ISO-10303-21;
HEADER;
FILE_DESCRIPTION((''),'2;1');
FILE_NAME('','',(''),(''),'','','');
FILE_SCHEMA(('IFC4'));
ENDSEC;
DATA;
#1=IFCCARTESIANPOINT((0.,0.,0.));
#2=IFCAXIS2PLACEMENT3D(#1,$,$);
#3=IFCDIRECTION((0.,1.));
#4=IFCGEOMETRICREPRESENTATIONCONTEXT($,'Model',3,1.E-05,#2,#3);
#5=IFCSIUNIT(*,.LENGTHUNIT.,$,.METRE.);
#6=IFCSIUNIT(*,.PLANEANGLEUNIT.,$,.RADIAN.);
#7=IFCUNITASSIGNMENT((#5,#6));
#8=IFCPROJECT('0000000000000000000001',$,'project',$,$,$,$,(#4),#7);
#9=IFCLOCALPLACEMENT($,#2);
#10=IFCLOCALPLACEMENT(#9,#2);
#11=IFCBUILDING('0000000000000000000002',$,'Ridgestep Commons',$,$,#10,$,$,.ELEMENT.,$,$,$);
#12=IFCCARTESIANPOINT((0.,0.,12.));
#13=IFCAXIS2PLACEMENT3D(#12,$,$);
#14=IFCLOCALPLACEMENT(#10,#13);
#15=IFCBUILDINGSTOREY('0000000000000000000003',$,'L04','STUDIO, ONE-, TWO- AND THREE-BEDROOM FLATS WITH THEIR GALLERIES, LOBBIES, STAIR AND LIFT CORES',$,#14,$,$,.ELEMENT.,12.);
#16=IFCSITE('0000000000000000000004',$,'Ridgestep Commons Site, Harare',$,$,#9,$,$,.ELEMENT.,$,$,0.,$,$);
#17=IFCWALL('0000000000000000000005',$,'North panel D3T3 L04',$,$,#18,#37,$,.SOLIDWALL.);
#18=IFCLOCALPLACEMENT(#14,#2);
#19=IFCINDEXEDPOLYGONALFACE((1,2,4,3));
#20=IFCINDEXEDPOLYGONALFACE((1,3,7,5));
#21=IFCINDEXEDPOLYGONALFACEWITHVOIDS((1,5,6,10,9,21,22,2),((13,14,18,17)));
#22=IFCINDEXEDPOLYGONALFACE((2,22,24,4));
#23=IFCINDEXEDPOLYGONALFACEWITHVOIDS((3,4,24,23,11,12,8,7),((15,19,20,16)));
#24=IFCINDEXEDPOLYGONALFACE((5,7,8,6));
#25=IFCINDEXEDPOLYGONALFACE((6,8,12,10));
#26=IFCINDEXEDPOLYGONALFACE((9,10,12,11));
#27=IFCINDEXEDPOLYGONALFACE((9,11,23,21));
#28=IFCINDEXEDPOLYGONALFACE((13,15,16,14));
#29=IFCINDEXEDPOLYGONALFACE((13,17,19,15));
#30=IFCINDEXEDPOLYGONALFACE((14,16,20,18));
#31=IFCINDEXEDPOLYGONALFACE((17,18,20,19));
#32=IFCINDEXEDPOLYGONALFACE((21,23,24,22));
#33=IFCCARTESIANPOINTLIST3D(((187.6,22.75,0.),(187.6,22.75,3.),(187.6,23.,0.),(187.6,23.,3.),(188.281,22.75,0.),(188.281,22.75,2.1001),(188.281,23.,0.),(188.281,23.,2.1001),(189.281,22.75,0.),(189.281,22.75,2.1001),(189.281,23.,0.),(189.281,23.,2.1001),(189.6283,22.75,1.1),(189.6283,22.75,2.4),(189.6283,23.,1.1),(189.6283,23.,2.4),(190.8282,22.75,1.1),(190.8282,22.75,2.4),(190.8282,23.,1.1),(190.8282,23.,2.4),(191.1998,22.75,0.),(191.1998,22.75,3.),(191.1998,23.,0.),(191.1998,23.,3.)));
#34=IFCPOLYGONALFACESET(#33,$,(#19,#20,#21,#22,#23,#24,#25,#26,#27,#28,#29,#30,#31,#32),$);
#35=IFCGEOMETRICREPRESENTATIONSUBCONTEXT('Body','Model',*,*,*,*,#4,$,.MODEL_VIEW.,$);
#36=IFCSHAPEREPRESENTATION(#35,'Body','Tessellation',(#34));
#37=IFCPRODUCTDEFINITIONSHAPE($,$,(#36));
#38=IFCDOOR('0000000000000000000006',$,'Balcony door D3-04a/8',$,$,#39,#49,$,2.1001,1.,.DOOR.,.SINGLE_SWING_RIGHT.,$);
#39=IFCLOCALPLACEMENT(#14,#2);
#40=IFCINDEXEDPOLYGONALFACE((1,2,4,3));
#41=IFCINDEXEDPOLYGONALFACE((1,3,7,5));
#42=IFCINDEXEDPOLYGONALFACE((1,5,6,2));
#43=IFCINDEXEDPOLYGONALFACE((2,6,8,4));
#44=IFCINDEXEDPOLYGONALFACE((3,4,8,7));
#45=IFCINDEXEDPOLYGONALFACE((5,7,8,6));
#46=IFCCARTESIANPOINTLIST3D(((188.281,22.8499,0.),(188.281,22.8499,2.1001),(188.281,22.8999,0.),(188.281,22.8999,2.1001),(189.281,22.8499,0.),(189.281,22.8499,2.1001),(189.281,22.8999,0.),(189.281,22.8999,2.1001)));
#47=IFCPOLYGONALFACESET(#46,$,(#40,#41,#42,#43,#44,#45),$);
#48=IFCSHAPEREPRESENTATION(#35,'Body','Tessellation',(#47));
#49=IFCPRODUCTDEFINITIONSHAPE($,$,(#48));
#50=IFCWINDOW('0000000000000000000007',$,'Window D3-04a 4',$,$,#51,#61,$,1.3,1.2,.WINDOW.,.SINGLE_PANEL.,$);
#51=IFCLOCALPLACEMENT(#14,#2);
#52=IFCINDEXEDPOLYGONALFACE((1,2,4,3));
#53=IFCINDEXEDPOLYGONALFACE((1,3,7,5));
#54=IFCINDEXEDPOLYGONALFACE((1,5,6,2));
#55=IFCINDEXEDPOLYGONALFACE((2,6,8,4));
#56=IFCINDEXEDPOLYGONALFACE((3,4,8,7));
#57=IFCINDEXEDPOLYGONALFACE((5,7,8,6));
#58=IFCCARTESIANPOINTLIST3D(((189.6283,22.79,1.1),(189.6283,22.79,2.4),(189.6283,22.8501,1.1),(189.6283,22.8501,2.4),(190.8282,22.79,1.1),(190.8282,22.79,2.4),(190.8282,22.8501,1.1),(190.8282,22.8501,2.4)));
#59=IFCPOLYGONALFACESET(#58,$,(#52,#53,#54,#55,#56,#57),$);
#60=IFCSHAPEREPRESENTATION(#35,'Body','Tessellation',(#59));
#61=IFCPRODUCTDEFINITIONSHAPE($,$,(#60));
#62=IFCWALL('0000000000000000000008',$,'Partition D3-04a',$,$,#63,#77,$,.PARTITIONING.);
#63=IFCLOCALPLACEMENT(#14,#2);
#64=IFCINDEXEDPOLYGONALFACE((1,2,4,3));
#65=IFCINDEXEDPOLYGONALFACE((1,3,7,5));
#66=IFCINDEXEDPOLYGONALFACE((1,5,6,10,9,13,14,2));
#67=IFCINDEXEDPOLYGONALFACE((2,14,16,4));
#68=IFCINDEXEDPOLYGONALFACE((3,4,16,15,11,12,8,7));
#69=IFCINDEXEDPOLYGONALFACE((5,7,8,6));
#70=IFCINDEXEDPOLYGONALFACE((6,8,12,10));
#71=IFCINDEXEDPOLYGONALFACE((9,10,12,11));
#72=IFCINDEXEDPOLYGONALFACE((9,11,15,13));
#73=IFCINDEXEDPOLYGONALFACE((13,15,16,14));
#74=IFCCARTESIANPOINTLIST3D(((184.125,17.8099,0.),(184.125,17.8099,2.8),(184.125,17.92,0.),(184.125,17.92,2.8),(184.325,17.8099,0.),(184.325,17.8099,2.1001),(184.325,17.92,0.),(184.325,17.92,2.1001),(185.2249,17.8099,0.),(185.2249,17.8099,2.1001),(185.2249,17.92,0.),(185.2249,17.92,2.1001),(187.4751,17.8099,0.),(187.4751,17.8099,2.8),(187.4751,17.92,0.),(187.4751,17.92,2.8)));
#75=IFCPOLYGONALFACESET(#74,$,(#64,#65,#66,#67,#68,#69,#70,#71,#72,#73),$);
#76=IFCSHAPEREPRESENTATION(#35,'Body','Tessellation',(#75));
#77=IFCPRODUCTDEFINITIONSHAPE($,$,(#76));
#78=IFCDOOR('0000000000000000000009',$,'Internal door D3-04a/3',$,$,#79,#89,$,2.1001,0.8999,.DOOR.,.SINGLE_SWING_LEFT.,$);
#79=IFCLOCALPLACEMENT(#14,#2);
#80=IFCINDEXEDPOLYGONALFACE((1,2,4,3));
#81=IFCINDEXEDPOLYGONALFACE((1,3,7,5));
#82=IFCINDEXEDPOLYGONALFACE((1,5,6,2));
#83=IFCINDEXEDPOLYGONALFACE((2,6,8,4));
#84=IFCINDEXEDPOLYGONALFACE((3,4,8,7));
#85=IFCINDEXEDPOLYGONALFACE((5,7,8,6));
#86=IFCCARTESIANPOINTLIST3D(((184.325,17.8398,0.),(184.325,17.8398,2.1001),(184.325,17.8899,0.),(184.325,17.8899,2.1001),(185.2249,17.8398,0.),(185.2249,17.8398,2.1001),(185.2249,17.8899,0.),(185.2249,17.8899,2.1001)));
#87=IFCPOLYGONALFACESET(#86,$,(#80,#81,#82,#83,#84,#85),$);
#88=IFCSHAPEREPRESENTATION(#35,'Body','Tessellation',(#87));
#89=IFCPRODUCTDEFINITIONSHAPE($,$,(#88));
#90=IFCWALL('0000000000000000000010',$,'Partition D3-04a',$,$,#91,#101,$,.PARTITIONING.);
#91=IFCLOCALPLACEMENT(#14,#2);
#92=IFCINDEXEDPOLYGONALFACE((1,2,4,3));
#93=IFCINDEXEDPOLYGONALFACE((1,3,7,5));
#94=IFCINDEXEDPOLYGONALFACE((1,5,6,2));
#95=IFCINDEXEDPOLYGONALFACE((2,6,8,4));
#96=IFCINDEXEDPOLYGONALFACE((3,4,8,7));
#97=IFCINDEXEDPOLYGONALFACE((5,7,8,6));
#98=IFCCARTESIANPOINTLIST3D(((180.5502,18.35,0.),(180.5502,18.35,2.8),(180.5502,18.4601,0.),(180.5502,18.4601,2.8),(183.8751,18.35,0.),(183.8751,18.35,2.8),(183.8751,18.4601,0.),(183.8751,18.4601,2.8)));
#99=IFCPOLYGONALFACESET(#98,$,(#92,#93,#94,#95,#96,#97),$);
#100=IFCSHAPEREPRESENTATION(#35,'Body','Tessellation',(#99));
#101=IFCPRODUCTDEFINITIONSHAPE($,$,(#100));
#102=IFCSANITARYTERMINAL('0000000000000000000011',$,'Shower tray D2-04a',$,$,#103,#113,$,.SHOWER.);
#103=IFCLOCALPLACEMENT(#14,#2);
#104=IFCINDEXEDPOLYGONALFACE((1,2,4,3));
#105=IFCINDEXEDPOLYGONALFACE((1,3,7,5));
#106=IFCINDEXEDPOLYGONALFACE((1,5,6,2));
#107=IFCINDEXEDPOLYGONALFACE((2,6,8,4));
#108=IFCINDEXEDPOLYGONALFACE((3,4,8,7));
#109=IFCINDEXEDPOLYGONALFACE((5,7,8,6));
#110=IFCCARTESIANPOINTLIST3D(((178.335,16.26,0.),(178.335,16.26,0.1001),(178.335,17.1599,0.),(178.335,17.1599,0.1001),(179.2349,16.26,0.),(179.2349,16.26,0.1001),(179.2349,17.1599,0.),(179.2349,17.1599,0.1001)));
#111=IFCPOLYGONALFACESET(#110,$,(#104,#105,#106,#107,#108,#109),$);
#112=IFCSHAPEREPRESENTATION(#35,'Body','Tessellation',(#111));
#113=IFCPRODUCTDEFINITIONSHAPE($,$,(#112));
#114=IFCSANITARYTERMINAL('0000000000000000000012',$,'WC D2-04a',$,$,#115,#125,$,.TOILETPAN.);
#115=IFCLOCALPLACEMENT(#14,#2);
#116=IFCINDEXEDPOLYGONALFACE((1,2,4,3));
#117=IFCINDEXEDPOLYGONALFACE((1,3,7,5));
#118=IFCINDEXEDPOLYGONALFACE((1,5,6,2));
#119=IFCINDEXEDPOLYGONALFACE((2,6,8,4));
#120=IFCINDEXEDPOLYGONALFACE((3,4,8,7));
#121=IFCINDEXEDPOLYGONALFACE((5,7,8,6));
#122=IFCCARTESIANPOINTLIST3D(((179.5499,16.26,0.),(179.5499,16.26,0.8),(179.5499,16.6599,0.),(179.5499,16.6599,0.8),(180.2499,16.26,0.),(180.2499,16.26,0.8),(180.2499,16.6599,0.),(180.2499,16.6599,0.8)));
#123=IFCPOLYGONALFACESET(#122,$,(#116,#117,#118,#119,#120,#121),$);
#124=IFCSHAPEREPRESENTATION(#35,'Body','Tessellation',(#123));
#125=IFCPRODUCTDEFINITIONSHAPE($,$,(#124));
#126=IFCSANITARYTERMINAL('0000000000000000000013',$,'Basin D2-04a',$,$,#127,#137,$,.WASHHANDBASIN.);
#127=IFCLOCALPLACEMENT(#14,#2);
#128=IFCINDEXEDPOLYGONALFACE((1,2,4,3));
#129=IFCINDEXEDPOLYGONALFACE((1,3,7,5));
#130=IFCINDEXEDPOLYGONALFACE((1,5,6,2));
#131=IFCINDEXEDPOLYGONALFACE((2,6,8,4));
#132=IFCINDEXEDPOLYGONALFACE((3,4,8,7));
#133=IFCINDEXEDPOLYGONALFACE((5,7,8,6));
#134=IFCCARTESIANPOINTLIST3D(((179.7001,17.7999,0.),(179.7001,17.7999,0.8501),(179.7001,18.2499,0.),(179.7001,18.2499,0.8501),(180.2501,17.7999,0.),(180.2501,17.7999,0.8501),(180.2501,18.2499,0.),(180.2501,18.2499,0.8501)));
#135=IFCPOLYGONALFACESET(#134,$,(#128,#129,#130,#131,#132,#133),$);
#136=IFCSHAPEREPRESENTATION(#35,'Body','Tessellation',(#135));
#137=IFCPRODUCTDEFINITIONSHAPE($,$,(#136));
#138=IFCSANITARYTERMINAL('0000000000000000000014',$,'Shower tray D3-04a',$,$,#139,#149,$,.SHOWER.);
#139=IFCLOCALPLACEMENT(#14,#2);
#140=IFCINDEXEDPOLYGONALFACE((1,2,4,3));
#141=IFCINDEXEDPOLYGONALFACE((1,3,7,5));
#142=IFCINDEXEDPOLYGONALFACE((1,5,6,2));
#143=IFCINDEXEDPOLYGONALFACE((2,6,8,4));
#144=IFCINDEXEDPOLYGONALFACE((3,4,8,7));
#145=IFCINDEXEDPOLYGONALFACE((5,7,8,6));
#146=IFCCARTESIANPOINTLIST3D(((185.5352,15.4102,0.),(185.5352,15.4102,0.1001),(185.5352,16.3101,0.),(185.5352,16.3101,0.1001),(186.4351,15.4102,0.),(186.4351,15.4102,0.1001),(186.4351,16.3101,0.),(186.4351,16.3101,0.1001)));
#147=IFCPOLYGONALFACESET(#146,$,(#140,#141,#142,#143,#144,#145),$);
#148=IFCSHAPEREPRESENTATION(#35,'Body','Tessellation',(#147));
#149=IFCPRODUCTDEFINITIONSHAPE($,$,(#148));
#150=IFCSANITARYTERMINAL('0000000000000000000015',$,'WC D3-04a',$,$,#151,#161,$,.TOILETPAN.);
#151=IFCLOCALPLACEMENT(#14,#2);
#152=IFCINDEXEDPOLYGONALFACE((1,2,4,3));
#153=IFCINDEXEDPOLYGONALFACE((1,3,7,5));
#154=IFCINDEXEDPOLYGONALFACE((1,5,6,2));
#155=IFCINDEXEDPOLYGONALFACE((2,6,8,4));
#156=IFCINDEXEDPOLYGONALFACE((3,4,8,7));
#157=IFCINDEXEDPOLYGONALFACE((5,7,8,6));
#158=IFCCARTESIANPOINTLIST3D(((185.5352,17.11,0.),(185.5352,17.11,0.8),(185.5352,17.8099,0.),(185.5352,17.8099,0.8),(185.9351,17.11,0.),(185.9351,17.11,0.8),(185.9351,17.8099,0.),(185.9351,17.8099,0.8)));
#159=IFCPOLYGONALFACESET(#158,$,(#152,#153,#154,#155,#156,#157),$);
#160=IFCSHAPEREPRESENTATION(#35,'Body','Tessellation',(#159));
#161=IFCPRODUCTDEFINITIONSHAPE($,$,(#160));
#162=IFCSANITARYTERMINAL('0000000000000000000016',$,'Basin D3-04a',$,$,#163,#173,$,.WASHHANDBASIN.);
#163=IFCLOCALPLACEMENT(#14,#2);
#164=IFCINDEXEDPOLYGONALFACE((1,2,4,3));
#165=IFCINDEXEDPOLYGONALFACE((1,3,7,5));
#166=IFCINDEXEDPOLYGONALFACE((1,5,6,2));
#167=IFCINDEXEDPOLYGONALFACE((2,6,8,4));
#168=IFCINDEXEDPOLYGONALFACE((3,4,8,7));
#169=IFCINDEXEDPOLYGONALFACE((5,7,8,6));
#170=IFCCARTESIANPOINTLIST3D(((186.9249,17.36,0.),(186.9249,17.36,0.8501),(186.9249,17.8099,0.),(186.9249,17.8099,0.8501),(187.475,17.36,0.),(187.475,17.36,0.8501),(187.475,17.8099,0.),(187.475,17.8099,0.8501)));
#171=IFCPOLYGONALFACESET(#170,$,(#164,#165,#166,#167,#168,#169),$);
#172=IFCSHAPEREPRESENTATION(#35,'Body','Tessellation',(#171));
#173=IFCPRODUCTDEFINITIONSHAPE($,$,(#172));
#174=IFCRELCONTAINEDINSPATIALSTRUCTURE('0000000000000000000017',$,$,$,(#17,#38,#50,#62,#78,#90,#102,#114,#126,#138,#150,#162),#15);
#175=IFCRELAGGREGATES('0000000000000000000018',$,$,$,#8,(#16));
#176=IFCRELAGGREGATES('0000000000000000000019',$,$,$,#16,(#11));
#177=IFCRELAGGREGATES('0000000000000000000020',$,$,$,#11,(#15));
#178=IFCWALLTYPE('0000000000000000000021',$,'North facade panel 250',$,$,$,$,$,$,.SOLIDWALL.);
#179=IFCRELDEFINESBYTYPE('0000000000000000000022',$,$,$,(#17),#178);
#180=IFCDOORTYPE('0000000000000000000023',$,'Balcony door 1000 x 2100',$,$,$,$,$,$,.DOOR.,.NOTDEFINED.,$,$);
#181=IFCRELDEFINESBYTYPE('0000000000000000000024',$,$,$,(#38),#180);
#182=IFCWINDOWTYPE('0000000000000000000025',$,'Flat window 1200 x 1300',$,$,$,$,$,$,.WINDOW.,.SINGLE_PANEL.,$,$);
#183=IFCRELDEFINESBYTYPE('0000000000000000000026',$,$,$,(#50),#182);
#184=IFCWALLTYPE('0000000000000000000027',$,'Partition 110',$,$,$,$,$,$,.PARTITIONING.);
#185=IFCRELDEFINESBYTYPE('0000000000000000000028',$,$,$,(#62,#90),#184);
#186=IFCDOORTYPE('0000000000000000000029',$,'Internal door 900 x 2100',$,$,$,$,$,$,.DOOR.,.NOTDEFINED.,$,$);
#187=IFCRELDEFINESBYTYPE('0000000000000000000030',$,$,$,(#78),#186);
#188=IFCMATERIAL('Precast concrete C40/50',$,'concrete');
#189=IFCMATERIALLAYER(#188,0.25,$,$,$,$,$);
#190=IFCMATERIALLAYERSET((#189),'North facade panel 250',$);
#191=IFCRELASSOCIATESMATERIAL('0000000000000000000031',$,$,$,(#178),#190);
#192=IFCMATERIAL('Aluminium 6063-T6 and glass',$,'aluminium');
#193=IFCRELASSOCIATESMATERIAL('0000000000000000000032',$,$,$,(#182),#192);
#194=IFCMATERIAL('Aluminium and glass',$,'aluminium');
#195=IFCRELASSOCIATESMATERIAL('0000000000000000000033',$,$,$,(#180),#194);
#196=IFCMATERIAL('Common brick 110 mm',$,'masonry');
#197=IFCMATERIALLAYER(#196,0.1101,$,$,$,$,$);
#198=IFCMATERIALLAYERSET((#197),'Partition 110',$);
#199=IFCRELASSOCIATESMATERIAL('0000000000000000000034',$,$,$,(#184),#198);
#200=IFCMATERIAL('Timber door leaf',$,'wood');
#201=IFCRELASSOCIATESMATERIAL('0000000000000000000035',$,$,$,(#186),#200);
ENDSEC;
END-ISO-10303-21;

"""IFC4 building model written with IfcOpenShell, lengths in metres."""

from ifc_helpers import new_model, si_unit, direction, frame, frame_2d, origin, origin_2d, place, context, subcontext, project, spatial, rectangle, extrude, material, layer, layer_set, type_object, element, fill, save


model = new_model("IFC4")

# Units and contexts
model_context = context("Model", 3, precision=1e-05, world=origin(), true_north=direction((0.0, 1.0)))
body_context = subcontext(model_context, "Body", "Model", "MODEL_VIEW")
ifc_project = project(units=[si_unit("LENGTHUNIT", "METRE"), si_unit("PLANEANGLEUNIT", "RADIAN")], contexts=[model_context])

# Site, building, storey
site_placement = place(None, origin())
site = spatial("IfcSite", under=ifc_project, at=site_placement, Name="Ridgestep Commons Site, Harare", CompositionType="ELEMENT", RefElevation=0.0)
building_placement = place(site_placement, origin())
building = spatial("IfcBuilding", under=site, at=building_placement, Name="Ridgestep Commons", CompositionType="ELEMENT")
storey_placement = place(building_placement, frame((0.0, 0.0, 12.0)))
storey = spatial("IfcBuildingStorey", under=building, at=storey_placement, Name="L04", Description="STUDIO, ONE-, TWO- AND THREE-BEDROOM FLATS WITH THEIR GALLERIES, LOBBIES, STAIR AND LIFT CORES", CompositionType="ELEMENT", Elevation=12.0)

# Shared definitions
ifc_material_1 = material(Name="Precast concrete C40/50", Category="concrete")
ifc_layer_1 = layer(ifc_material_1, 0.25)
ifc_layer_set_1 = layer_set([ifc_layer_1], Name="North facade panel 250")
wall_type_1 = type_object("IfcWallType", Name="North facade panel 250", PredefinedType="SOLIDWALL", material=ifc_layer_set_1)
ifc_material_2 = material(Name="Aluminium 6063-T6 and glass", Category="aluminium")
window_type_1 = type_object("IfcWindowType", Name="Flat window 1200 x 1300", PartitioningType="SINGLE_PANEL", PredefinedType="WINDOW", material=ifc_material_2)

# Wall, openings, door, window
wall_1_placement = place(storey_placement, frame((187.6001, 22.875, 0.0), z_axis=(0.0, 0.0, 1.0), x_axis=(1.0, 0.0, 0.0)))
wall_1 = element("IfcWall", 1, at=wall_1_placement, inside=storey, type_object=wall_type_1, Name="North panel D3T3 L04", PredefinedType="SOLIDWALL", context=body_context, shape_type="SweptSolid", body=[
    extrude(rectangle(XDim=3.5999, YDim=0.25, at=frame_2d((1.7998, 0.0))), origin(), (0.0, 0.0, 1.0), 3.0),
])
opening_1_placement = place(wall_1_placement, frame((2.0281, 0.0, 1.1001)))
opening_1 = element("IfcOpeningElement", 2, at=opening_1_placement, cuts=wall_1, PredefinedType="OPENING", context=body_context, shape_type="SweptSolid", body=[
    extrude(rectangle(XDim=1.2, YDim=1.3, at=frame_2d((0.6001, 0.6499))), frame((0.0, 0.135, 0.0), z_axis=(0.0, -1.0, 0.0), x_axis=(1.0, 0.0, 0.0)), (0.0, 0.0, 1.0), 0.27),
])
opening_2_placement = place(wall_1_placement, frame((0.6809, 0.0, 0.0)))
opening_2 = element("IfcOpeningElement", 3, at=opening_2_placement, cuts=wall_1, PredefinedType="OPENING", context=body_context, shape_type="SweptSolid", body=[
    extrude(rectangle(XDim=1.0, YDim=2.1001, at=frame_2d((0.5, 1.05))), frame((0.0, 0.135, 0.0), z_axis=(0.0, -1.0, 0.0), x_axis=(1.0, 0.0, 0.0)), (0.0, 0.0, 1.0), 0.27),
])
ifc_material_3 = material(Name="Aluminium and glass", Category="aluminium")
door_type_1 = type_object("IfcDoorType", Name="Balcony door 1000 x 2100", OperationType="NOTDEFINED", PredefinedType="DOOR", material=ifc_material_3)
door_1_placement = place(opening_2_placement, origin())
door_1 = element("IfcDoor", 4, at=door_1_placement, inside=storey, type_object=door_type_1, Name="Balcony door D3-04a/8", OperationType="SINGLE_SWING_RIGHT", OverallHeight=2.1001, OverallWidth=1.0, PredefinedType="DOOR", context=body_context, shape_type="SweptSolid", body=[
    extrude(rectangle(XDim=1.0, YDim=2.1001, at=frame_2d((0.5, 1.05))), frame((0.0, 0.0249, 0.0), z_axis=(0.0, -1.0, 0.0), x_axis=(1.0, 0.0, 0.0)), (0.0, 0.0, 1.0), 0.05),
])
fill(opening_2, door_1)
window_1_placement = place(opening_1_placement, origin())
window_1 = element("IfcWindow", 5, at=window_1_placement, inside=storey, type_object=window_type_1, Name="Window D3-04a 4", OverallHeight=1.3, OverallWidth=1.2, PartitioningType="SINGLE_PANEL", PredefinedType="WINDOW", context=body_context, shape_type="SweptSolid", body=[
    extrude(rectangle(XDim=1.2, YDim=1.3, at=frame_2d((0.6001, 0.6499))), frame((0.0, -0.0249, 0.0), z_axis=(0.0, -1.0, 0.0), x_axis=(1.0, 0.0, 0.0)), (0.0, 0.0, 1.0), 0.0601),
])
fill(opening_1, window_1)

# Wall, opening, door
ifc_material_4 = material(Name="Common brick 110 mm", Category="masonry")
ifc_layer_2 = layer(ifc_material_4, 0.1101)
ifc_layer_set_2 = layer_set([ifc_layer_2], Name="Partition 110")
wall_type_2 = type_object("IfcWallType", Name="Partition 110", PredefinedType="PARTITIONING", material=ifc_layer_set_2)
wall_2_placement = place(storey_placement, frame((184.125, 17.865, 0.0), z_axis=(0.0, 0.0, 1.0), x_axis=(1.0, 0.0, 0.0)))
wall_2 = element("IfcWall", 6, at=wall_2_placement, inside=storey, type_object=wall_type_2, Name="Partition D3-04a", PredefinedType="PARTITIONING", context=body_context, shape_type="SweptSolid", body=[
    extrude(rectangle(XDim=3.3501, YDim=0.1101, at=frame_2d((1.675, 0.0))), origin(), (0.0, 0.0, 1.0), 2.8),
])
opening_3_placement = place(wall_2_placement, frame((0.2, 0.0, 0.0)))
opening_3 = element("IfcOpeningElement", 7, at=opening_3_placement, cuts=wall_2, PredefinedType="OPENING", context=body_context, shape_type="SweptSolid", body=[
    extrude(rectangle(XDim=0.8999, YDim=2.1001, at=frame_2d((0.45, 1.05))), frame((0.0, 0.0649, 0.0), z_axis=(0.0, -1.0, 0.0), x_axis=(1.0, 0.0, 0.0)), (0.0, 0.0, 1.0), 0.1301),
])
ifc_material_5 = material(Name="Timber door leaf", Category="wood")
door_type_2 = type_object("IfcDoorType", Name="Internal door 900 x 2100", OperationType="NOTDEFINED", PredefinedType="DOOR", material=ifc_material_5)
door_2_placement = place(opening_3_placement, origin())
door_2 = element("IfcDoor", 8, at=door_2_placement, inside=storey, type_object=door_type_2, Name="Internal door D3-04a/3", OperationType="SINGLE_SWING_LEFT", OverallHeight=2.1001, OverallWidth=0.8999, PredefinedType="DOOR", context=body_context, shape_type="SweptSolid", body=[
    extrude(rectangle(XDim=0.8999, YDim=2.1001, at=frame_2d((0.45, 1.05))), frame((0.0, 0.0249, 0.0), z_axis=(0.0, -1.0, 0.0), x_axis=(1.0, 0.0, 0.0)), (0.0, 0.0, 1.0), 0.05),
])
fill(opening_3, door_2)

# Wall
wall_3_placement = place(storey_placement, frame((180.55, 18.405, 0.0), z_axis=(0.0, 0.0, 1.0), x_axis=(1.0, 0.0, 0.0)))
element("IfcWall", 9, at=wall_3_placement, inside=storey, type_object=wall_type_2, Name="Partition D3-04a", PredefinedType="PARTITIONING", context=body_context, shape_type="SweptSolid", body=[
    extrude(rectangle(XDim=3.325, YDim=0.1101, at=frame_2d((1.6626, 0.0))), origin(), (0.0, 0.0, 1.0), 2.8),
])

# Sanitary terminals
sanitary_terminal_1_placement = place(storey_placement, frame((178.7849, 16.71, 0.0), z_axis=(0.0, 0.0, 1.0), x_axis=(1.0, 0.0, 0.0)))
element("IfcSanitaryTerminal", 10, at=sanitary_terminal_1_placement, inside=storey, Name="Shower tray D2-04a", PredefinedType="SHOWER", context=body_context, shape_type="SweptSolid", body=[
    extrude(rectangle(XDim=0.8999, YDim=0.8999, at=origin_2d()), origin(), (0.0, 0.0, 1.0), 0.1001),
])
sanitary_terminal_2_placement = place(storey_placement, frame((179.8999, 16.46, 0.0), z_axis=(0.0, 0.0, 1.0), x_axis=(1.0, 0.0, 0.0)))
element("IfcSanitaryTerminal", 11, at=sanitary_terminal_2_placement, inside=storey, Name="WC D2-04a", PredefinedType="TOILETPAN", context=body_context, shape_type="SweptSolid", body=[
    extrude(rectangle(XDim=0.7, YDim=0.3999, at=origin_2d()), origin(), (0.0, 0.0, 1.0), 0.8),
])
sanitary_terminal_3_placement = place(storey_placement, frame((179.9751, 18.0249, 0.0), z_axis=(0.0, 0.0, 1.0), x_axis=(1.0, 0.0, 0.0)))
element("IfcSanitaryTerminal", 12, at=sanitary_terminal_3_placement, inside=storey, Name="Basin D2-04a", PredefinedType="WASHHANDBASIN", context=body_context, shape_type="SweptSolid", body=[
    extrude(rectangle(XDim=0.55, YDim=0.45, at=origin_2d()), origin(), (0.0, 0.0, 1.0), 0.8501),
])
sanitary_terminal_4_placement = place(storey_placement, frame((185.9851, 15.8601, 0.0), z_axis=(0.0, 0.0, 1.0), x_axis=(1.0, 0.0, 0.0)))
element("IfcSanitaryTerminal", 13, at=sanitary_terminal_4_placement, inside=storey, Name="Shower tray D3-04a", PredefinedType="SHOWER", context=body_context, shape_type="SweptSolid", body=[
    extrude(rectangle(XDim=0.8999, YDim=0.8999, at=origin_2d()), origin(), (0.0, 0.0, 1.0), 0.1001),
])
sanitary_terminal_5_placement = place(storey_placement, frame((185.7351, 17.46, 0.0), z_axis=(0.0, 0.0, 1.0), x_axis=(1.0, 0.0, 0.0)))
element("IfcSanitaryTerminal", 14, at=sanitary_terminal_5_placement, inside=storey, Name="WC D3-04a", PredefinedType="TOILETPAN", context=body_context, shape_type="SweptSolid", body=[
    extrude(rectangle(XDim=0.3999, YDim=0.7, at=origin_2d()), origin(), (0.0, 0.0, 1.0), 0.8),
])
sanitary_terminal_6_placement = place(storey_placement, frame((187.2, 17.585, 0.0), z_axis=(0.0, 0.0, 1.0), x_axis=(1.0, 0.0, 0.0)))
element("IfcSanitaryTerminal", 15, at=sanitary_terminal_6_placement, inside=storey, Name="Basin D3-04a", PredefinedType="WASHHANDBASIN", context=body_context, shape_type="SweptSolid", body=[
    extrude(rectangle(XDim=0.55, YDim=0.45, at=origin_2d()), origin(), (0.0, 0.0, 1.0), 0.8501),
])

save(model, "model.ifc")
